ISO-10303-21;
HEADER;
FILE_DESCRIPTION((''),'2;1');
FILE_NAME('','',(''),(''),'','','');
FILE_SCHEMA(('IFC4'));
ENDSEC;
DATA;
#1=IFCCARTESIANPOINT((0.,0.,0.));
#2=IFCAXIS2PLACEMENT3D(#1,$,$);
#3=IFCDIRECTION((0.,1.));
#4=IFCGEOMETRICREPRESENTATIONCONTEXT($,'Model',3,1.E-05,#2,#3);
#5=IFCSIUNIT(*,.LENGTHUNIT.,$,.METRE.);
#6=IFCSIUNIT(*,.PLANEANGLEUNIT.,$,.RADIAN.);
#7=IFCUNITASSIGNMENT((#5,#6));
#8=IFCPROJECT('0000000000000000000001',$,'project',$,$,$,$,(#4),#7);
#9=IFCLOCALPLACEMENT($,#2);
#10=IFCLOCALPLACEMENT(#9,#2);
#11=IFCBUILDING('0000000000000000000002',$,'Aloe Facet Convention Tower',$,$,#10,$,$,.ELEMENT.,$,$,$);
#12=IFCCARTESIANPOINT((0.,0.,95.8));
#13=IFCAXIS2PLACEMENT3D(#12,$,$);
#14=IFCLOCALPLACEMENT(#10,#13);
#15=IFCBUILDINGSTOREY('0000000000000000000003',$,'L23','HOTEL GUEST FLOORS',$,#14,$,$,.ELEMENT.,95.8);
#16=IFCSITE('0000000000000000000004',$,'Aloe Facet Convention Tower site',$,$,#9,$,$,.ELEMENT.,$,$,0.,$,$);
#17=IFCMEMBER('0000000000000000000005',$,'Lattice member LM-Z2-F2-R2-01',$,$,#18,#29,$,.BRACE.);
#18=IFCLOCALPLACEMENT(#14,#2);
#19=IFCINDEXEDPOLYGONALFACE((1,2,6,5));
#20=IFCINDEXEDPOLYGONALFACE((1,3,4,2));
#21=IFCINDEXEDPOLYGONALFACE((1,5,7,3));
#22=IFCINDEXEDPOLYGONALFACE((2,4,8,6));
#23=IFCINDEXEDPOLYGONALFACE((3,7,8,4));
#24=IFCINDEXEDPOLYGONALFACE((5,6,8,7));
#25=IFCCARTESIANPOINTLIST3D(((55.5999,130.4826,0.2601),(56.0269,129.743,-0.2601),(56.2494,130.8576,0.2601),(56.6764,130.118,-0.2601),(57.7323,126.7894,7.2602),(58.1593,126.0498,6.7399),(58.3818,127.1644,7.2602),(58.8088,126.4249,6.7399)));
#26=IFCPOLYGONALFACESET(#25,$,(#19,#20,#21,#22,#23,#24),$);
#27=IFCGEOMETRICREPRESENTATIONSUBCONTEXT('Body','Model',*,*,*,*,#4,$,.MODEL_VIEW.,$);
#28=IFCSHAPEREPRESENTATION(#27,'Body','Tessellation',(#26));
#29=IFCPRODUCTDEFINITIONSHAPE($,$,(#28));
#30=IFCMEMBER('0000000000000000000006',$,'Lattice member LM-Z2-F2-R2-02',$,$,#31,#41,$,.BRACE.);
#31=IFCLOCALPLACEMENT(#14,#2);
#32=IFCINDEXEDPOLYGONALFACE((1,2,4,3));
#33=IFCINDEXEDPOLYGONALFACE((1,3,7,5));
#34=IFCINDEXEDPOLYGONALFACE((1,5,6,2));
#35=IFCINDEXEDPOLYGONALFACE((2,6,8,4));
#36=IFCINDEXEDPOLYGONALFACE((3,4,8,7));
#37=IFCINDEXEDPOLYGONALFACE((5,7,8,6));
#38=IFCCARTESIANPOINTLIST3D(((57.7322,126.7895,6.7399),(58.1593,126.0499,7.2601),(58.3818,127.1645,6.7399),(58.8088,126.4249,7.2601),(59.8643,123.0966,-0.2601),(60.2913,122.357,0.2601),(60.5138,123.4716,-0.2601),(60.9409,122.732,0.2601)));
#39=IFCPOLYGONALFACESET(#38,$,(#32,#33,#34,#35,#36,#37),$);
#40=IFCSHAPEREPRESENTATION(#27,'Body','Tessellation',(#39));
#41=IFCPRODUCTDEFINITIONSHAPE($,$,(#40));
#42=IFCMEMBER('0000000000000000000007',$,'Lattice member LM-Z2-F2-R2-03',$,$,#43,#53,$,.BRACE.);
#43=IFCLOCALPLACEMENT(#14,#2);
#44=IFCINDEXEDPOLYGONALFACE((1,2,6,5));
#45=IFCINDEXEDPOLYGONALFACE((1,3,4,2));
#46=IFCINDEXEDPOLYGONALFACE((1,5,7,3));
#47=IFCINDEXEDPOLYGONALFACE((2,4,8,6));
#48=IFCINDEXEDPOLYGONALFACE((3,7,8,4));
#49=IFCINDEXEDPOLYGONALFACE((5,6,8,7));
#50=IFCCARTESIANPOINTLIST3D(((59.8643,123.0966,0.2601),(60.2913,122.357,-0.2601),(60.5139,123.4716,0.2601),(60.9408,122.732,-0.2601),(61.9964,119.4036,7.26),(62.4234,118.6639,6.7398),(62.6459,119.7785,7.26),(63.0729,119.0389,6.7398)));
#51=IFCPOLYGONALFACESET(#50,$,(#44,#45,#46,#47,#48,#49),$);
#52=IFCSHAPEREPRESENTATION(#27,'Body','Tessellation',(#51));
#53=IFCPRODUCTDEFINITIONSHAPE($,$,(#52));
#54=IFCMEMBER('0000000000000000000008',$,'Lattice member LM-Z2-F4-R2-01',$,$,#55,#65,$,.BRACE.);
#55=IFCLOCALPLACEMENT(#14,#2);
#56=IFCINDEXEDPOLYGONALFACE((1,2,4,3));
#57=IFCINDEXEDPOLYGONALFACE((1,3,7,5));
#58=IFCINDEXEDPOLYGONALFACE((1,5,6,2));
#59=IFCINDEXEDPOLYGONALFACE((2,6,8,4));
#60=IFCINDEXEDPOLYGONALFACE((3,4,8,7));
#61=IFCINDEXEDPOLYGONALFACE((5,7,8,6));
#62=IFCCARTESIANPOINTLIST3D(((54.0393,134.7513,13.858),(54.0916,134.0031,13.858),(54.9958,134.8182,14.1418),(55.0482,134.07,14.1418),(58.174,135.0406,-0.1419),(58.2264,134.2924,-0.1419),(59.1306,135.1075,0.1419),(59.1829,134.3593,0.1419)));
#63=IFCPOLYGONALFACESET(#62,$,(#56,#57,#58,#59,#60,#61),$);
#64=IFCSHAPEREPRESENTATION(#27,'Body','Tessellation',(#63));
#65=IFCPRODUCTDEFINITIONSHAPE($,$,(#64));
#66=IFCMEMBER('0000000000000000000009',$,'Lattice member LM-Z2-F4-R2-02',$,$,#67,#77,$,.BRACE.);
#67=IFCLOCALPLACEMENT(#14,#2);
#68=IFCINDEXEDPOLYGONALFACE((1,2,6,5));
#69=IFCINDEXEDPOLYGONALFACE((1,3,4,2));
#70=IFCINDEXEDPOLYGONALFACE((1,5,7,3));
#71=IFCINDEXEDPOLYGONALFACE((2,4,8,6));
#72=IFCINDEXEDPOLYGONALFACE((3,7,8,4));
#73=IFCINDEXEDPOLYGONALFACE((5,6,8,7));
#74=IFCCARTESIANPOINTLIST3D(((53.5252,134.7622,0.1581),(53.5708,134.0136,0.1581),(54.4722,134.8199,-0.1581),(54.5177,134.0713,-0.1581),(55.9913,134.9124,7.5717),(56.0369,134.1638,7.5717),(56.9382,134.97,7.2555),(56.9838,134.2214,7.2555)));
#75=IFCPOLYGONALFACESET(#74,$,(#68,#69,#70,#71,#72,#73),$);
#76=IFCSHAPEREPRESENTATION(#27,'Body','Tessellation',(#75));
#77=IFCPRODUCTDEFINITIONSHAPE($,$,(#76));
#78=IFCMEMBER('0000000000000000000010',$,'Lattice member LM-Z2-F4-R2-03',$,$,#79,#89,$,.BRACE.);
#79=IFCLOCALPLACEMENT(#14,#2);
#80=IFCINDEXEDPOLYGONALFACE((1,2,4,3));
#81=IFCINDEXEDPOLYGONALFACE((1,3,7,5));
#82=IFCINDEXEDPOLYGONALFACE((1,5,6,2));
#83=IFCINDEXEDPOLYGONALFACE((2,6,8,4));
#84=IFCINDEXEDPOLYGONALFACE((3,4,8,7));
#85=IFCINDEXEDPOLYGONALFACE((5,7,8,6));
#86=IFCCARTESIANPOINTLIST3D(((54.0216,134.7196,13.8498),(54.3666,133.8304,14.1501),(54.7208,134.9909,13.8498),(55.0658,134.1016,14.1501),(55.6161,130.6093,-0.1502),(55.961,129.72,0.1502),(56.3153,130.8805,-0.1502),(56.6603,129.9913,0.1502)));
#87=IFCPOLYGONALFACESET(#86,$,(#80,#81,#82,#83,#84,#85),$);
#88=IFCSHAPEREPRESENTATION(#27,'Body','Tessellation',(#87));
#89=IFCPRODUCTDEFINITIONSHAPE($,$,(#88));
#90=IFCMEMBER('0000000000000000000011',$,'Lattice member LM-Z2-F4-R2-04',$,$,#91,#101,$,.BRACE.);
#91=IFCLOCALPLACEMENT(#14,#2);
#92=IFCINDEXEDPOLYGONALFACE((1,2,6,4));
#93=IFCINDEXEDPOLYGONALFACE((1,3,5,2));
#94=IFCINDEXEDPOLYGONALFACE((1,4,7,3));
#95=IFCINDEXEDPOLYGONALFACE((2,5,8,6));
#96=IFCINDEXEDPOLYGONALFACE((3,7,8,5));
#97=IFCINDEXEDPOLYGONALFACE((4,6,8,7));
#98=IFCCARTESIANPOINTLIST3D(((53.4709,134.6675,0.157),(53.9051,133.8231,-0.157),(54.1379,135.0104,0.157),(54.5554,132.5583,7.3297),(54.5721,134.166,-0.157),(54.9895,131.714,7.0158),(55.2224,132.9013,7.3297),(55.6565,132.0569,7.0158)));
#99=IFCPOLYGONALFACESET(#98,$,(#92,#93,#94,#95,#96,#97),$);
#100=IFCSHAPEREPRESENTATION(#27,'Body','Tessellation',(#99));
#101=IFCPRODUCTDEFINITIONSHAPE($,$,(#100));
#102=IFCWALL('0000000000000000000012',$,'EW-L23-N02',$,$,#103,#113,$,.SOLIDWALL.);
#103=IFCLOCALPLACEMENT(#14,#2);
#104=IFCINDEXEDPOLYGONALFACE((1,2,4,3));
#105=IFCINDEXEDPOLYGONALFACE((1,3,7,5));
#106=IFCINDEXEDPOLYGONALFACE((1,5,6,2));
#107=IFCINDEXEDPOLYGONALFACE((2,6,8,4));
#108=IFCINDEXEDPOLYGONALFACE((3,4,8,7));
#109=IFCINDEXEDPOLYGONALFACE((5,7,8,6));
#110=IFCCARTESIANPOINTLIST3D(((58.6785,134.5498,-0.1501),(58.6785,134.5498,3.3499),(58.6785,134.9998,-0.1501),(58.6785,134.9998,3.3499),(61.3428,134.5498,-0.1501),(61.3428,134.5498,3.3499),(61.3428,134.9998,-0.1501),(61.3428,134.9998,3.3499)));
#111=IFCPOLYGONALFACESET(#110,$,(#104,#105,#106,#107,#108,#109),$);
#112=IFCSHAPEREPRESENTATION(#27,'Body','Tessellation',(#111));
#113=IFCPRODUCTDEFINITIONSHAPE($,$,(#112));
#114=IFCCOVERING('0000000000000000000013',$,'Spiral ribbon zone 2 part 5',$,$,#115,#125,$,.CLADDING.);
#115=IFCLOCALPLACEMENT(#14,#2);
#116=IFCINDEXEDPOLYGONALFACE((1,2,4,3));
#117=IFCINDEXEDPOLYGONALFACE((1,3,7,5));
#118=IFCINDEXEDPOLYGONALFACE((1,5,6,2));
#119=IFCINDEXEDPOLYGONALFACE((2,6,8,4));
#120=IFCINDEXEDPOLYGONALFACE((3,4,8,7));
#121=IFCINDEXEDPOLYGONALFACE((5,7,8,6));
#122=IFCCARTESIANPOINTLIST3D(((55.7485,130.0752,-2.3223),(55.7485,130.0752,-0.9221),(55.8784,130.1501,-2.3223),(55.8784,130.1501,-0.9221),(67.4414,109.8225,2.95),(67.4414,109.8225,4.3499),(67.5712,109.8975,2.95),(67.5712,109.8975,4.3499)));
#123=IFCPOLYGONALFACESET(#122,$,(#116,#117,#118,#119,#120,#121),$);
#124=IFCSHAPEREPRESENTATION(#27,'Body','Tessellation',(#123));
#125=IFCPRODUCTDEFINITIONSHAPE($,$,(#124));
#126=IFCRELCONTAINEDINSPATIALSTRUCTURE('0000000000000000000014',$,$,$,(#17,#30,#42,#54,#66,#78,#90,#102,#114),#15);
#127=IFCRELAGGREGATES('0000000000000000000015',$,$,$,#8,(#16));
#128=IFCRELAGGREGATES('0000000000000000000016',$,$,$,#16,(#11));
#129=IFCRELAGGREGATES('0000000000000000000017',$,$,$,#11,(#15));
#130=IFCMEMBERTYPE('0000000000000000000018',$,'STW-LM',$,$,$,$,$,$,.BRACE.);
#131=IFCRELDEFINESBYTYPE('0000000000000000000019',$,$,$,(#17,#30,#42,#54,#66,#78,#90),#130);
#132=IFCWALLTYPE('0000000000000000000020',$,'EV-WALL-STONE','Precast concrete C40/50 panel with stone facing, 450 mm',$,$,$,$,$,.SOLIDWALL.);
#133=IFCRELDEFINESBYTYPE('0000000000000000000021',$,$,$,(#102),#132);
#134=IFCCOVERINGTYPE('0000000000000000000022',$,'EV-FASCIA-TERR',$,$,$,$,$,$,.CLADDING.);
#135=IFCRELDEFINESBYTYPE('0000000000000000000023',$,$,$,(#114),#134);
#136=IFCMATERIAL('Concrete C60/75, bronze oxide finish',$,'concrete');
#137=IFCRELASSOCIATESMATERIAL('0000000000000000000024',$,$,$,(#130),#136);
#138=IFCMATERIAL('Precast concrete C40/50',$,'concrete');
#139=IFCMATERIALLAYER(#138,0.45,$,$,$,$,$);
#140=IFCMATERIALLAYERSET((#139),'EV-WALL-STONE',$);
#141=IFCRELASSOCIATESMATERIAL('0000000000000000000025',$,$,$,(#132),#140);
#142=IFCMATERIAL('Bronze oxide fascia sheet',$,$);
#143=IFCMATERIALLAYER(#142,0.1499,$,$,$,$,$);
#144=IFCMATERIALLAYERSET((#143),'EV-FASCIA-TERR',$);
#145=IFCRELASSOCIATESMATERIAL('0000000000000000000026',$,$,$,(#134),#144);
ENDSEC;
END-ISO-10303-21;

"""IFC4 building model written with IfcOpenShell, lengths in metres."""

from ifc_helpers import new_model, si_unit, direction, frame, origin, origin_2d, place, context, subcontext, project, spatial, polyline, rectangle, outline, extrude, material, layer, layer_set, material_profile, profile_set, type_object, element, save


model = new_model("IFC4")

# Units and contexts
model_context = context("Model", 3, precision=1e-05, world=origin(), true_north=direction((0.0, 1.0)))
body_context = subcontext(model_context, "Body", "Model", "MODEL_VIEW")
ifc_project = project(units=[si_unit("LENGTHUNIT", "METRE"), si_unit("PLANEANGLEUNIT", "RADIAN")], contexts=[model_context])

# Site, building, storey
site_placement = place(None, origin())
site = spatial("IfcSite", under=ifc_project, at=site_placement, Name="Aloe Facet Convention Tower site", CompositionType="ELEMENT", RefElevation=0.0)
building_placement = place(site_placement, origin())
building = spatial("IfcBuilding", under=site, at=building_placement, Name="Aloe Facet Convention Tower", CompositionType="ELEMENT")
storey_placement = place(building_placement, frame((0.0, 0.0, 95.8)))
storey = spatial("IfcBuildingStorey", under=building, at=storey_placement, Name="L23", Description="HOTEL GUEST FLOORS", CompositionType="ELEMENT", Elevation=95.8)

# Members
ifc_material_1 = material(Name="Concrete C60/75, bronze oxide finish", Category="concrete")
ifc_material_profile_1 = material_profile(ifc_material_1, rectangle(XDim=0.75, YDim=1.0, at=origin_2d()), Name="STW-LM")
ifc_profile_set_1 = profile_set([ifc_material_profile_1], Name="Concrete C60/75, bronze oxide finish")
member_type_1 = type_object("IfcMemberType", Name="STW-LM", PredefinedType="BRACE", material=ifc_profile_set_1)
member_1_placement = place(storey_placement, frame((56.1382, 130.3003, 0.0), z_axis=(0.260144, -0.450561, 0.854002), x_axis=(0.866015, 0.500018, 0.0)))
element("IfcMember", 1, at=member_1_placement, inside=storey, type_object=member_type_1, Name="Lattice member LM-Z2-F2-R2-01", PredefinedType="BRACE", context=body_context, shape_type="SweptSolid", body=[
    extrude(rectangle(XDim=0.75, YDim=1.0, at=origin_2d()), origin(), (0.0, 0.0, 1.0), 8.1968),
])
for number, where, z_axis, x_axis, name in (
    (2, (60.4026, 122.9143, 0.0), (-0.26012, 0.450541, 0.85402), (-0.866025, -0.5, 0.0), "Lattice member LM-Z2-F2-R2-02"),
    (3, (60.4026, 122.9143, 0.0), (0.260116, -0.450565, 0.854009), (0.86604, 0.499975, 0.0), "Lattice member LM-Z2-F2-R2-03"),
):
    element("IfcMember", number, at=place(storey_placement, frame(where, z_axis=z_axis, x_axis=x_axis)), inside=storey, type_object=member_type_1, Name=name, PredefinedType="BRACE", context=body_context, shape_type="SweptSolid", body=[
        extrude(rectangle(XDim=0.75, YDim=1.0, at=origin_2d()), origin(), (0.0, 0.0, 1.0), 8.1965),
    ])
member_2_placement = place(storey_placement, frame((58.6785, 134.7, 0.0), z_axis=(-0.28319, -0.019815, 0.958859), x_axis=(0.069799, -0.997561, 0.0)))
element("IfcMember", 4, at=member_2_placement, inside=storey, type_object=member_type_1, Name="Lattice member LM-Z2-F4-R2-01", PredefinedType="BRACE", context=body_context, shape_type="SweptSolid", body=[
    extrude(rectangle(XDim=0.75, YDim=1.0, at=origin_2d()), origin(), (0.0, 0.0, 1.0), 14.6006),
])
member_3_placement = place(storey_placement, frame((54.0215, 134.4167, 0.0), z_axis=(0.315579, 0.019214, 0.948705), x_axis=(-0.060773, 0.998152, 0.0)))
element("IfcMember", 5, at=member_3_placement, inside=storey, type_object=member_type_1, Name="Lattice member LM-Z2-F4-R2-02", PredefinedType="BRACE", context=body_context, shape_type="SweptSolid", body=[
    extrude(rectangle(XDim=0.75, YDim=1.0, at=origin_2d()), origin(), (0.0, 0.0, 1.0), 7.8145),
])
member_4_placement = place(storey_placement, frame((56.1382, 130.3003, 0.0), z_axis=(-0.108632, 0.280039, 0.953822), x_axis=(-0.93231, -0.36166, 0.0)))
element("IfcMember", 6, at=member_4_placement, inside=storey, type_object=member_type_1, Name="Lattice member LM-Z2-F4-R2-03", PredefinedType="BRACE", context=body_context, shape_type="SweptSolid", body=[
    extrude(rectangle(XDim=0.75, YDim=1.0, at=origin_2d()), origin(), (0.0, 0.0, 1.0), 14.6777),
])
member_5_placement = place(storey_placement, frame((54.0215, 134.4167, 0.0), z_axis=(0.143548, -0.279179, 0.949449), x_axis=(0.889326, 0.457274, 0.0)))
element("IfcMember", 7, at=member_5_placement, inside=storey, type_object=member_type_1, Name="Lattice member LM-Z2-F4-R2-04", PredefinedType="BRACE", context=body_context, shape_type="SweptSolid", body=[
    extrude(rectangle(XDim=0.75, YDim=1.0, at=origin_2d()), origin(), (0.0, 0.0, 1.0), 7.5547),
])

# Wall
ifc_material_2 = material(Name="Precast concrete C40/50", Category="concrete")
ifc_layer_1 = layer(ifc_material_2, 0.45)
ifc_layer_set_1 = layer_set([ifc_layer_1], Name="EV-WALL-STONE")
wall_type = type_object("IfcWallType", Name="EV-WALL-STONE", Description="Precast concrete C40/50 panel with stone facing, 450 mm", PredefinedType="SOLIDWALL", material=ifc_layer_set_1)
wall_1_placement = place(storey_placement, frame((61.3428, 134.7749, -0.1501), z_axis=(0.0, 0.0, 1.0), x_axis=(-1.0, 0.0, 0.0)))
element("IfcWall", 8, at=wall_1_placement, inside=storey, type_object=wall_type, Name="EW-L23-N02", PredefinedType="SOLIDWALL", context=body_context, shape_type="SweptSolid", body=[
    extrude(outline(polyline([(2.6643, 3.5), (2.6643, 0.0), (0.0, 0.0), (0.0, 3.5), (2.6643, 3.5)])), frame((0.0, 0.2251, 0.0), z_axis=(0.0, -1.0, 0.0), x_axis=(1.0, 0.0, 0.0)), (0.0, 0.0, 1.0), 0.45),
])

# Covering
ifc_material_3 = material(Name="Bronze oxide fascia sheet")
ifc_layer_2 = layer(ifc_material_3, 0.1499)
ifc_layer_set_2 = layer_set([ifc_layer_2], Name="EV-FASCIA-TERR")
covering_type = type_object("IfcCoveringType", Name="EV-FASCIA-TERR", PredefinedType="CLADDING", material=ifc_layer_set_2)
covering_placement = place(storey_placement, frame((55.7485, 130.0752, -2.3223), z_axis=(-0.866026, -0.499999, 0.0), x_axis=(0.487758, -0.844823, 0.219926)))
element("IfcCovering", 9, at=covering_placement, inside=storey, type_object=covering_type, Name="Spiral ribbon zone 2 part 5", PredefinedType="CLADDING", context=body_context, shape_type="SweptSolid", body=[
    extrude(outline(polyline([(0.0, 0.0), (23.9727, 0.0), (24.2806, 1.3656), (0.3079, 1.3659), (0.0, 0.0)])), origin(), (0.0, 0.0, -1.0), 0.1499),
])

save(model, "model.ifc")
